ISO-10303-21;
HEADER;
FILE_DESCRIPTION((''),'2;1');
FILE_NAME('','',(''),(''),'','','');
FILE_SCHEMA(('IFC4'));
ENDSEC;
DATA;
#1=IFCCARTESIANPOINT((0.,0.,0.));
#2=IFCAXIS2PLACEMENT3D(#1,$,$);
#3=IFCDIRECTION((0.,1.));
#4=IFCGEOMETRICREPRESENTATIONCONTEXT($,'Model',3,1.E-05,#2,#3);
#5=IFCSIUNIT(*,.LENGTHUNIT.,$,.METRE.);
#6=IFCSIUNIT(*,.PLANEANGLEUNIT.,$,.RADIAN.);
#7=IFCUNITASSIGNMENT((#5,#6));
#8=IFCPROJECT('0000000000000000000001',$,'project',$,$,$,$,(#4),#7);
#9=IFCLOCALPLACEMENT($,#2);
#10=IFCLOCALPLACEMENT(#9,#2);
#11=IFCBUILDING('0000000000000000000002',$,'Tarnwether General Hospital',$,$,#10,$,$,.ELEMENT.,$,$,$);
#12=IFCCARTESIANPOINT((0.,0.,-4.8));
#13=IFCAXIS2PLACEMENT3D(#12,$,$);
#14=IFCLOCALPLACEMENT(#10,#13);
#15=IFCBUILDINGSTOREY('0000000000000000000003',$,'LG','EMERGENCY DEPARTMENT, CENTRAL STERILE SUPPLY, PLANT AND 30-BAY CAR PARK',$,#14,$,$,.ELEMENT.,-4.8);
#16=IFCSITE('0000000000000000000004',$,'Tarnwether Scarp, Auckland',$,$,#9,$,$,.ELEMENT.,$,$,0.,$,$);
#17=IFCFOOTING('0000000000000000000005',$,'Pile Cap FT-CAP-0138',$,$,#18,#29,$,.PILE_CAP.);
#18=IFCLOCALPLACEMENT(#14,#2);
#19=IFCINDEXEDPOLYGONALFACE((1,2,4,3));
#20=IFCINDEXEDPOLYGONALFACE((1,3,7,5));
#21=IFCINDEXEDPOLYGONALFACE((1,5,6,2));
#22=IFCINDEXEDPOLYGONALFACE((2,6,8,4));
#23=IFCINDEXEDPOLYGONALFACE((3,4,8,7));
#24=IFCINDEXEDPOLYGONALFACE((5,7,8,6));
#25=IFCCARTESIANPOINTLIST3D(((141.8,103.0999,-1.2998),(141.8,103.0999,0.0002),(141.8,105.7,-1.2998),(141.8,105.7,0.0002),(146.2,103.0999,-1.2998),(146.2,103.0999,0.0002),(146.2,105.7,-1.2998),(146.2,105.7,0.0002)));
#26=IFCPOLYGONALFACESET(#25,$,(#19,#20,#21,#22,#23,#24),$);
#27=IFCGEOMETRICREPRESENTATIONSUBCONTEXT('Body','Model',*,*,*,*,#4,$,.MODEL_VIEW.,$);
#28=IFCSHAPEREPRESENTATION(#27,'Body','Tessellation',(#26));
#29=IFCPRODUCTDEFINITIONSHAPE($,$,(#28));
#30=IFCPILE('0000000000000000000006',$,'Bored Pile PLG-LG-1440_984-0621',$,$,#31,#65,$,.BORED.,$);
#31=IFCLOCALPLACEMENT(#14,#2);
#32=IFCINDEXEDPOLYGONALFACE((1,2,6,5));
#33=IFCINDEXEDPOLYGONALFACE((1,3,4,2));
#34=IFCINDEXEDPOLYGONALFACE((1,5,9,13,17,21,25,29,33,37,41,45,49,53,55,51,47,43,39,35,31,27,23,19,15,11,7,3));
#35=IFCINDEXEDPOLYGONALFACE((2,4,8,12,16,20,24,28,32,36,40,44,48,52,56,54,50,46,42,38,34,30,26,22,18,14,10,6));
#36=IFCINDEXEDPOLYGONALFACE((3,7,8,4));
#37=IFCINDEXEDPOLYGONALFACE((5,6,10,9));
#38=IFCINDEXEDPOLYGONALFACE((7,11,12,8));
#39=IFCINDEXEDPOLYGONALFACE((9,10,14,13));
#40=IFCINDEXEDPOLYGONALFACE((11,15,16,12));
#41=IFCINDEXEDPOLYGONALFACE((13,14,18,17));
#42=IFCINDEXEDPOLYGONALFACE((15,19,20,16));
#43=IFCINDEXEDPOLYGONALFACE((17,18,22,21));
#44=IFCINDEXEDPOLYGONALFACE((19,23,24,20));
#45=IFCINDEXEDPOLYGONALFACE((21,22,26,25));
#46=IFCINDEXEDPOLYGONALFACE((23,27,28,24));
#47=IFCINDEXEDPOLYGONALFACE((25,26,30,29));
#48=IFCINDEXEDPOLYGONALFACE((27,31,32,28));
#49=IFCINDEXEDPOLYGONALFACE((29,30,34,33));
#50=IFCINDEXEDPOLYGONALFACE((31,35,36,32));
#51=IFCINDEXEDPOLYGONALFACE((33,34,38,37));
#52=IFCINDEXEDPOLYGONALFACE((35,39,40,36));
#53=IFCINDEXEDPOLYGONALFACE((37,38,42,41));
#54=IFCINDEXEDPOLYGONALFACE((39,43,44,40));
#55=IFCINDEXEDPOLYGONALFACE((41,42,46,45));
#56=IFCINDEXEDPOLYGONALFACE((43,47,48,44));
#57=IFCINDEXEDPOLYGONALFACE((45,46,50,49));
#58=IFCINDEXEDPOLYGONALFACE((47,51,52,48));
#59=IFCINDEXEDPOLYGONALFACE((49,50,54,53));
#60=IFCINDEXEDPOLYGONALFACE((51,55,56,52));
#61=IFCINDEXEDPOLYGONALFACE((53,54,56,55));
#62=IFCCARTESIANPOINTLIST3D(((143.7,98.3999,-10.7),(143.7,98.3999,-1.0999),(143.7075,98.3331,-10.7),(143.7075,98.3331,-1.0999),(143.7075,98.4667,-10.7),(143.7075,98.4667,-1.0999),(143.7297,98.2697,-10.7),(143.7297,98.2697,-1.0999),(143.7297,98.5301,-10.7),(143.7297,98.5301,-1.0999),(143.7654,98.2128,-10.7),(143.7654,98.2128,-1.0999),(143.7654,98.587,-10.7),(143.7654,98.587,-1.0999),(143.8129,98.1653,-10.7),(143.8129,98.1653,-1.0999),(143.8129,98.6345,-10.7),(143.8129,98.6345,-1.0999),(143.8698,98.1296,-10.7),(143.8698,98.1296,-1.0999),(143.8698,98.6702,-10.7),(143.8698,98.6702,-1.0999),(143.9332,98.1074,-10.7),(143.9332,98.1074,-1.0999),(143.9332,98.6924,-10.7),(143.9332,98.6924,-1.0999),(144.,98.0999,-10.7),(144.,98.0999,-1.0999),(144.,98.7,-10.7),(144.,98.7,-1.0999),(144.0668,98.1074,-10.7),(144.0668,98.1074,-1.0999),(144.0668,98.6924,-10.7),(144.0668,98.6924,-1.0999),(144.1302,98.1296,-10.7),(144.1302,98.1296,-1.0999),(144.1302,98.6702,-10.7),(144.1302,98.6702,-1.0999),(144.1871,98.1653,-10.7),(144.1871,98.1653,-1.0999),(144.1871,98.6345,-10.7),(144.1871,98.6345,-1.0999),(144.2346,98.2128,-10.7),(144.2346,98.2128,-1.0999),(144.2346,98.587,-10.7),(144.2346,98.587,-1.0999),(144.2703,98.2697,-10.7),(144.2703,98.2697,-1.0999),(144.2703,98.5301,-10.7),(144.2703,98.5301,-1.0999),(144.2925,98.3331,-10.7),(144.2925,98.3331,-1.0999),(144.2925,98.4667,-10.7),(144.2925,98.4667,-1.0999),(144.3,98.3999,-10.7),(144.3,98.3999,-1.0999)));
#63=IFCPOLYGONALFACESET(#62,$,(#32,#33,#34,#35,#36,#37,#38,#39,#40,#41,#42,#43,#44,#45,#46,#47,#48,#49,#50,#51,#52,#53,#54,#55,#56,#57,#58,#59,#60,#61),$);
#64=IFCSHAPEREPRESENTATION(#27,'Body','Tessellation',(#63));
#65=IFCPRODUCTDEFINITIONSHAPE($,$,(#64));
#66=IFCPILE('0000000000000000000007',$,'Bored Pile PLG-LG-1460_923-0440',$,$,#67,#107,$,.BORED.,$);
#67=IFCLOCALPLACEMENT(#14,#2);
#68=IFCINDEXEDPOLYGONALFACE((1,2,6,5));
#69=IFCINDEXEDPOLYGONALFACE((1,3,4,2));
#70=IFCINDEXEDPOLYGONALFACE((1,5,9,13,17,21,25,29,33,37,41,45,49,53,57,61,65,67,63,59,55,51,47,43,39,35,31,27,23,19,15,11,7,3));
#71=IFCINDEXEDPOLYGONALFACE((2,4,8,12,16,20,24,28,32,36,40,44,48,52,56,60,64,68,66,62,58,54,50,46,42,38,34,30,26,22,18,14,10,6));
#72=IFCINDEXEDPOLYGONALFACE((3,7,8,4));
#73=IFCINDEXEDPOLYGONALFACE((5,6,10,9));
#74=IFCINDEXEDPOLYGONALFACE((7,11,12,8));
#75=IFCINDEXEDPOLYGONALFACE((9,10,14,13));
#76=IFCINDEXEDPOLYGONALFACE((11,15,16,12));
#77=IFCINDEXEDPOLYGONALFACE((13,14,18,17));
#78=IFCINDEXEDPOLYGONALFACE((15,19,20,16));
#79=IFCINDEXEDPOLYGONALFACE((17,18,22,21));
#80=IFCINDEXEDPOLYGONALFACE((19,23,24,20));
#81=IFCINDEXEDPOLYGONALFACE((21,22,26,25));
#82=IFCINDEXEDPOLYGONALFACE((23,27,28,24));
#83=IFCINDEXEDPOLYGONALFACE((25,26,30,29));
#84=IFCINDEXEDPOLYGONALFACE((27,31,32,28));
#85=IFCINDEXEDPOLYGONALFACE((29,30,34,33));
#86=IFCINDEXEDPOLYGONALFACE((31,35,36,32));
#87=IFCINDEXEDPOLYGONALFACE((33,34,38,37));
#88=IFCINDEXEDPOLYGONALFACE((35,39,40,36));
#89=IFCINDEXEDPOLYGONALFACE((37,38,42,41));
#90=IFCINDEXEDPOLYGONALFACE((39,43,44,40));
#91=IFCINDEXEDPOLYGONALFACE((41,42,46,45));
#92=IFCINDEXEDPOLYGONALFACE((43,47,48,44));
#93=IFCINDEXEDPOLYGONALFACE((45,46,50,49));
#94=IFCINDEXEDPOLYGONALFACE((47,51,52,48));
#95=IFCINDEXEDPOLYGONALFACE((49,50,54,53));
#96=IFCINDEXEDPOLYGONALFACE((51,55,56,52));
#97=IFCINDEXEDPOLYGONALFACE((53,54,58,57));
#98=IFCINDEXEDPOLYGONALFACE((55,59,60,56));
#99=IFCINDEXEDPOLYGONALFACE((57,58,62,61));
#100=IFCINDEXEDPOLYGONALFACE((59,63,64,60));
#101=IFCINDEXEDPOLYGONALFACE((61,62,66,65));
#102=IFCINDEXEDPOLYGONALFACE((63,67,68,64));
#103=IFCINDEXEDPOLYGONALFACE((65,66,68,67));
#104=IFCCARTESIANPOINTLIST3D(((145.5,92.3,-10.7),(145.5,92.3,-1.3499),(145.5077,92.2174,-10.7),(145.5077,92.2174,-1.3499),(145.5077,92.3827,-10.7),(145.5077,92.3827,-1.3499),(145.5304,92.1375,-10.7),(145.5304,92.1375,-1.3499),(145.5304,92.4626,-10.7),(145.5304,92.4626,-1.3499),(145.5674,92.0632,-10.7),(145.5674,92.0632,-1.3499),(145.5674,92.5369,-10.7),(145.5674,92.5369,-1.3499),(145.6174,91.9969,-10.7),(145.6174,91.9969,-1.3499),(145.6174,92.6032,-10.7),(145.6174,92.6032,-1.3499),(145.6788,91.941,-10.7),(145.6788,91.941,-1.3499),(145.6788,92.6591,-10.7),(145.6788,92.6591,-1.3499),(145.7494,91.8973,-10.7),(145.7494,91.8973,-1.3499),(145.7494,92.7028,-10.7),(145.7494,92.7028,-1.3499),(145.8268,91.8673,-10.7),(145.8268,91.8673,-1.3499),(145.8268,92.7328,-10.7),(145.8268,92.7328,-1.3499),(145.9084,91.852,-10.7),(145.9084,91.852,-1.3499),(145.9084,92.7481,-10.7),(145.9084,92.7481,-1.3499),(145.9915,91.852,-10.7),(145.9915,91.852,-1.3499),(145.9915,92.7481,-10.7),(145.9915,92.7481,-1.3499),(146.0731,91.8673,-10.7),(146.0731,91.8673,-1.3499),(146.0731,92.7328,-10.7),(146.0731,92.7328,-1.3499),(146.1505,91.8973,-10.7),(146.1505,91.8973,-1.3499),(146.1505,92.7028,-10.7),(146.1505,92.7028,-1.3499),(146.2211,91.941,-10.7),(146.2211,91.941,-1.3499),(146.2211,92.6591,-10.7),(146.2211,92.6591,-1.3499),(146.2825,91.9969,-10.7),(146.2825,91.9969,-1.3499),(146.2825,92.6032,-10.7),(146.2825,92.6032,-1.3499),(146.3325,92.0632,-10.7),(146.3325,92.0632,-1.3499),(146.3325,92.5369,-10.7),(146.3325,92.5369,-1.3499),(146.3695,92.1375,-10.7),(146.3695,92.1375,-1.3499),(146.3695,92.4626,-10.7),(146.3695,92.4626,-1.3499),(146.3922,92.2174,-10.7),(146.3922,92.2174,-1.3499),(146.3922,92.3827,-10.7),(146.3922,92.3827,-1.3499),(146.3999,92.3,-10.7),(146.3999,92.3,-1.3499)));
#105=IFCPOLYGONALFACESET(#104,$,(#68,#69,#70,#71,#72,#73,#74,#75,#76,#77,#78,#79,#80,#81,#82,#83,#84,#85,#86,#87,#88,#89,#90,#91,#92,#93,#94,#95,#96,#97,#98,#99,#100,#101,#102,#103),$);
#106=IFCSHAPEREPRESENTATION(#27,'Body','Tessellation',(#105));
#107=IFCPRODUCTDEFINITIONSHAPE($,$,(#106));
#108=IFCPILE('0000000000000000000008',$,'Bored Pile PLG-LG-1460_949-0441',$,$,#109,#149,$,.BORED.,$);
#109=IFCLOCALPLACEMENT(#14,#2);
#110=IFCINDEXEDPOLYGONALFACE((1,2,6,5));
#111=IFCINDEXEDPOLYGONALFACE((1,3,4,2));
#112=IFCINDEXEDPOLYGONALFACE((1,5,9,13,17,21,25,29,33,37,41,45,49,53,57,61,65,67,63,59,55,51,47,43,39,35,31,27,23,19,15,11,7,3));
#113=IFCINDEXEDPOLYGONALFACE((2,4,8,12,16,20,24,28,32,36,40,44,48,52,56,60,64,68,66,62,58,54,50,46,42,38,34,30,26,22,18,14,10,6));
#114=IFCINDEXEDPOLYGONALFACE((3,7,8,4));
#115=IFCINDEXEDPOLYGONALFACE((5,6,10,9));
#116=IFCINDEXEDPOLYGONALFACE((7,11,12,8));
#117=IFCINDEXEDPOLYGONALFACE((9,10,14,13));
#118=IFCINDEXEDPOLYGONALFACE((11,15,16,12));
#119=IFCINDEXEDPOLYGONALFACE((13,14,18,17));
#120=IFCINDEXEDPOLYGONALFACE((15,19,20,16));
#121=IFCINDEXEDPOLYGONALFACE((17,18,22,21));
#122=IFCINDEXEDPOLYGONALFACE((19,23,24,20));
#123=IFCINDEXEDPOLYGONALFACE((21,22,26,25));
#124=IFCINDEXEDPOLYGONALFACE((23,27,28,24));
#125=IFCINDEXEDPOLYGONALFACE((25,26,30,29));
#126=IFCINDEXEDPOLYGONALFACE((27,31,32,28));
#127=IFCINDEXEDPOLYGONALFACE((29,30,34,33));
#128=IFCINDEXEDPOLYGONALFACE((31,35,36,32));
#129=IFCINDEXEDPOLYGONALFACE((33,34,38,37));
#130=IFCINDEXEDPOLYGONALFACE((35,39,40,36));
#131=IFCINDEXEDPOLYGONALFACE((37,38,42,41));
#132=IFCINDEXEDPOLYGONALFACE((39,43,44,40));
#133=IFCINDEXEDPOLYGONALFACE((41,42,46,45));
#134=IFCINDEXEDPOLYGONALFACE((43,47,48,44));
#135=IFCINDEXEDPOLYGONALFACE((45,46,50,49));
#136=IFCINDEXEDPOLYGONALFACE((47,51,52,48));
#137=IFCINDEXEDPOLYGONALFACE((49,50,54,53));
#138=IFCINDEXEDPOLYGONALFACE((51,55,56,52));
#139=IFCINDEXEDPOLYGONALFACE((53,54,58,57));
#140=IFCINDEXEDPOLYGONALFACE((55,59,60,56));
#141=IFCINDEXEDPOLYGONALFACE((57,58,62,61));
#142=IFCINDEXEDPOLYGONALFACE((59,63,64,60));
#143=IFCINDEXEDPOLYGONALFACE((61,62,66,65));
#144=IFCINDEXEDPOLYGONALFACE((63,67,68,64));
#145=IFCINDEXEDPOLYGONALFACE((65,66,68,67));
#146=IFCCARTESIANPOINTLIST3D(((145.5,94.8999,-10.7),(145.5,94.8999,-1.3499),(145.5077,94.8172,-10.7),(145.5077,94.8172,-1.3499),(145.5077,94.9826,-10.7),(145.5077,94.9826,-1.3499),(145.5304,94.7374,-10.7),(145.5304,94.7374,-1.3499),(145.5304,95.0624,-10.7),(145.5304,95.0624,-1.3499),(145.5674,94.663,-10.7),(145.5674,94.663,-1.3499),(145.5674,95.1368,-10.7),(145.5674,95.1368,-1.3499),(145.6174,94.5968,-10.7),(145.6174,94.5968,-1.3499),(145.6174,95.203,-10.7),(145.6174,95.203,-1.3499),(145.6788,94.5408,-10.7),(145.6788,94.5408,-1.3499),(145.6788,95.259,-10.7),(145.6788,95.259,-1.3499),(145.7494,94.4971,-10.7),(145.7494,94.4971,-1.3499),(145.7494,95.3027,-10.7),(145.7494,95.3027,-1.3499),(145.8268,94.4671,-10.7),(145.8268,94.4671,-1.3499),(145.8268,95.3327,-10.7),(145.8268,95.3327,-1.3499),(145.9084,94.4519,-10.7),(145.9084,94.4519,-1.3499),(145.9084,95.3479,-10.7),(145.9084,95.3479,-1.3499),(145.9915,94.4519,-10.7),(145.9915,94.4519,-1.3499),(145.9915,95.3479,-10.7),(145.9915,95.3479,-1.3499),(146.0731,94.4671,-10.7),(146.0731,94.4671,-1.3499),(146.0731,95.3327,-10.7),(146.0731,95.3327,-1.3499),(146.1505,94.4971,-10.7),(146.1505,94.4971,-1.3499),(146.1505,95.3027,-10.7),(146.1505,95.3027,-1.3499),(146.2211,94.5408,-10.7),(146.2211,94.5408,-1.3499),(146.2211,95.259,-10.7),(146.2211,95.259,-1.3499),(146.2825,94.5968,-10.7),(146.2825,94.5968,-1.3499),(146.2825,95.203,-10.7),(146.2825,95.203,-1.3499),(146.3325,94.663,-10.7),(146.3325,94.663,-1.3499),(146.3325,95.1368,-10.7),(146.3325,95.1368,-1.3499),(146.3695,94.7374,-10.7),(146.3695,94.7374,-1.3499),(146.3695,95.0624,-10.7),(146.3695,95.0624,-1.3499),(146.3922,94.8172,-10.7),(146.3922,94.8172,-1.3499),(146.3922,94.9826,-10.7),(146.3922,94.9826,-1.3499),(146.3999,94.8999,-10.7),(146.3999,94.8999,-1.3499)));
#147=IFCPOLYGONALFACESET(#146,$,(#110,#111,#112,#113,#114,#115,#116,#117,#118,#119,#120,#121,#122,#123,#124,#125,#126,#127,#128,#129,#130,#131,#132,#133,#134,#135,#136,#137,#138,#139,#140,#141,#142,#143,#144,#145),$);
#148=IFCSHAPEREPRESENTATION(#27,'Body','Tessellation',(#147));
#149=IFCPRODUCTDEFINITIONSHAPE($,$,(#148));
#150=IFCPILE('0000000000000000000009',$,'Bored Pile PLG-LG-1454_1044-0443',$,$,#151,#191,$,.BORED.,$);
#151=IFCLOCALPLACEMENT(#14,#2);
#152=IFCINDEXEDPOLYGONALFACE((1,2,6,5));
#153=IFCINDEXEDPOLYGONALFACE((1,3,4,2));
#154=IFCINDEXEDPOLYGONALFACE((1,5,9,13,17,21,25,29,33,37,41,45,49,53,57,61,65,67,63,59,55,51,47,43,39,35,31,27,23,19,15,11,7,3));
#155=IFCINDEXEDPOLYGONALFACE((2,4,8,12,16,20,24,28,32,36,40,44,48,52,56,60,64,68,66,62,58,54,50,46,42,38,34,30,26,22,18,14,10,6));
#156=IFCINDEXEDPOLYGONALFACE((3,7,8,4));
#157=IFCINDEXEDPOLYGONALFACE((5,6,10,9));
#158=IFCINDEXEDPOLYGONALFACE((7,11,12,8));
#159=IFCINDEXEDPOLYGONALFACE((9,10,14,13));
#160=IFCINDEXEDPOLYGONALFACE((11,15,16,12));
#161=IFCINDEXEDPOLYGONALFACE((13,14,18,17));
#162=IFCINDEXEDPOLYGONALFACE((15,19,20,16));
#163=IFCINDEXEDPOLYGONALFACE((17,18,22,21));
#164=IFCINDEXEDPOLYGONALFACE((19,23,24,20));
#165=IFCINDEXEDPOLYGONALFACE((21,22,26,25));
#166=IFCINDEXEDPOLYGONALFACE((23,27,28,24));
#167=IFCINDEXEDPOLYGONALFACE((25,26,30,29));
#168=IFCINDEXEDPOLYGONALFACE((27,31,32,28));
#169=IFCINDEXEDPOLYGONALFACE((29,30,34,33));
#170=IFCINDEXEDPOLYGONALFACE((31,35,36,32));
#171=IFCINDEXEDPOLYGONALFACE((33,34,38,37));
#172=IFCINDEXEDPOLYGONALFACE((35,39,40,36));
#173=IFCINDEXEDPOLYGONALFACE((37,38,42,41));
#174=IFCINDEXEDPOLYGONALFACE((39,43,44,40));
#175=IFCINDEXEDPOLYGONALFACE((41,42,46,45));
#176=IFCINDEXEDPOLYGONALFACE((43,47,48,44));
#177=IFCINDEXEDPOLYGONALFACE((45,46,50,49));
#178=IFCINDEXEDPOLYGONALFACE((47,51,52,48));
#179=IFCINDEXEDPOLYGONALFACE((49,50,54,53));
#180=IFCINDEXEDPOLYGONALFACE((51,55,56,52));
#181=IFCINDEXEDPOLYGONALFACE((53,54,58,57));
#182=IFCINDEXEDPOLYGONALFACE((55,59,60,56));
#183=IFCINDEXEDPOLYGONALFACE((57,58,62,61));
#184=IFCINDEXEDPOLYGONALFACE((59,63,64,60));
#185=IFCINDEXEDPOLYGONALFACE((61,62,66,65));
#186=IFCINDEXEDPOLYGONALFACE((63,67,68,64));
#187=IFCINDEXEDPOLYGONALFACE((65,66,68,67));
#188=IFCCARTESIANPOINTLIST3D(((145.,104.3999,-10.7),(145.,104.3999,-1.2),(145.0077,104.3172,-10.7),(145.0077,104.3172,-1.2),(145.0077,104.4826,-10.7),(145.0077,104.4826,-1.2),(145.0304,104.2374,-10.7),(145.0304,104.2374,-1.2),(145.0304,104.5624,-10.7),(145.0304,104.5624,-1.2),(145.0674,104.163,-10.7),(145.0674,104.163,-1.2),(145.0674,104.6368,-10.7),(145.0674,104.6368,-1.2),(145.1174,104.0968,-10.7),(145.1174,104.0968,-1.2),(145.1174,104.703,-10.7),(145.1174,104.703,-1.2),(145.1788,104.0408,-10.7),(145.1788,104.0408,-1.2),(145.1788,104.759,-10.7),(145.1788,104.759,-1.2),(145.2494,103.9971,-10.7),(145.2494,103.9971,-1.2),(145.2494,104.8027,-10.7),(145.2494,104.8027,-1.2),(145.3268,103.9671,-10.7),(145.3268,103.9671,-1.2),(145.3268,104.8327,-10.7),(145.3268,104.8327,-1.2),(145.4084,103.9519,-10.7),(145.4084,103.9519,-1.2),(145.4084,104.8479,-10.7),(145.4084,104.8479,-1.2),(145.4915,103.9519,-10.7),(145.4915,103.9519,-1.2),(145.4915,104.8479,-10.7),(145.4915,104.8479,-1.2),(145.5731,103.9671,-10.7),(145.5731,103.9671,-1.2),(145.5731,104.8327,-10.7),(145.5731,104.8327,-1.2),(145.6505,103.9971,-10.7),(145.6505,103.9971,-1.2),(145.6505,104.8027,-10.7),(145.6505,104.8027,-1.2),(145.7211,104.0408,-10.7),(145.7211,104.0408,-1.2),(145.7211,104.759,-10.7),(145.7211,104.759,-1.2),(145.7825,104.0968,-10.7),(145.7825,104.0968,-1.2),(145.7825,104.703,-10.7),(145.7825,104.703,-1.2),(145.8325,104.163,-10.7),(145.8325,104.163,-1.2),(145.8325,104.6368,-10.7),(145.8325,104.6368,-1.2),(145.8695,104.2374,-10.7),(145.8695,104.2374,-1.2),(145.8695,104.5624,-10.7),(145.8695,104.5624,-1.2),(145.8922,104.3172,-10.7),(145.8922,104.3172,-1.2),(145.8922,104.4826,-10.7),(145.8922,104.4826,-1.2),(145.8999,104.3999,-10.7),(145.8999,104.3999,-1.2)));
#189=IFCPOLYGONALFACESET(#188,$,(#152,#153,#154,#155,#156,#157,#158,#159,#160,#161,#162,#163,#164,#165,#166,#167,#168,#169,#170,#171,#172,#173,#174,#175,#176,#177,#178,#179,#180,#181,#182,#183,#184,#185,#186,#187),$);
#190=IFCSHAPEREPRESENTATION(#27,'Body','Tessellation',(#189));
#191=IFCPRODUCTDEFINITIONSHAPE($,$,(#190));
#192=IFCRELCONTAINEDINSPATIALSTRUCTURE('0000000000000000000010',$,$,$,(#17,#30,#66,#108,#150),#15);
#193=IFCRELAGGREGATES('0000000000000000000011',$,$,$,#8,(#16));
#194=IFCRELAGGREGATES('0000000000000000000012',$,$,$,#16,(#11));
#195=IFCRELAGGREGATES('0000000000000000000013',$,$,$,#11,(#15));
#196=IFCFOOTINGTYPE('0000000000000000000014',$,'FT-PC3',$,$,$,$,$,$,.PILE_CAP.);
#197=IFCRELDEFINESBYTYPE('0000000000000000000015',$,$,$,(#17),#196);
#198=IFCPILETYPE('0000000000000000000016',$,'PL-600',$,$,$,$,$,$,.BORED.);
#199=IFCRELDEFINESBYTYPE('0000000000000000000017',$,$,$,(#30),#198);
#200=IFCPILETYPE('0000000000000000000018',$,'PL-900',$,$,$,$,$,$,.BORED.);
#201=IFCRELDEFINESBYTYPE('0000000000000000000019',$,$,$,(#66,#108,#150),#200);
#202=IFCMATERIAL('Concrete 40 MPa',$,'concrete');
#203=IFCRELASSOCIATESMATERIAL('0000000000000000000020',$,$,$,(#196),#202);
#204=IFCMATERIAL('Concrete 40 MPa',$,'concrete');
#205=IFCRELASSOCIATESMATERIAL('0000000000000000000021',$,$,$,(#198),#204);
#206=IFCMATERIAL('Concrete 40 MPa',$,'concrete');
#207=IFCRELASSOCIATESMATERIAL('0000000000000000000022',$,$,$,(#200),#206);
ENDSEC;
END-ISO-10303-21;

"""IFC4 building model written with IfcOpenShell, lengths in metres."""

from ifc_helpers import new_model, si_unit, direction, frame, origin, origin_2d, place, context, subcontext, project, spatial, rectangle, circle, extrude, material, material_profile, profile_set, type_object, element, save


model = new_model("IFC4")

# Units and contexts
model_context = context("Model", 3, precision=1e-05, world=origin(), true_north=direction((0.0, 1.0)))
body_context = subcontext(model_context, "Body", "Model", "MODEL_VIEW")
ifc_project = project(units=[si_unit("LENGTHUNIT", "METRE"), si_unit("PLANEANGLEUNIT", "RADIAN")], contexts=[model_context])

# Site, building, storey
site_placement = place(None, origin())
site = spatial("IfcSite", under=ifc_project, at=site_placement, Name="Tarnwether Scarp, Auckland", CompositionType="ELEMENT", RefElevation=0.0)
building_placement = place(site_placement, origin())
building = spatial("IfcBuilding", under=site, at=building_placement, Name="Tarnwether General Hospital", CompositionType="ELEMENT")
storey_placement = place(building_placement, frame((0.0, 0.0, -4.8)))
storey = spatial("IfcBuildingStorey", under=building, at=storey_placement, Name="LG", Description="EMERGENCY DEPARTMENT, CENTRAL STERILE SUPPLY, PLANT AND 30-BAY CAR PARK", CompositionType="ELEMENT", Elevation=-4.8)

# Footing
ifc_material_1 = material(Name="Concrete 40 MPa", Category="concrete")
footing_type = type_object("IfcFootingType", Name="FT-PC3", PredefinedType="PILE_CAP", material=ifc_material_1)
footing_placement = place(storey_placement, frame((144.0, 104.3999, -1.2998), z_axis=(0.0, 0.0, 1.0), x_axis=(1.0, 0.0, 0.0)))
element("IfcFooting", 1, at=footing_placement, inside=storey, type_object=footing_type, Name="Pile Cap FT-CAP-0138", PredefinedType="PILE_CAP", context=body_context, shape_type="SweptSolid", body=[
    extrude(rectangle(XDim=4.3999, YDim=2.6001, at=origin_2d()), origin(), (0.0, 0.0, 1.0), 1.3),
])

# Piles
ifc_material_2 = material(Name="Concrete 40 MPa", Category="concrete")
ifc_material_profile_1 = material_profile(ifc_material_2, circle(Radius=0.3, at=origin_2d()), Name="PILE-D600")
ifc_profile_set_1 = profile_set([ifc_material_profile_1], Name="Concrete 40 MPa")
pile_type_1 = type_object("IfcPileType", Name="PL-600", PredefinedType="BORED", material=ifc_profile_set_1)
pile_1_placement = place(storey_placement, frame((144.0, 98.3999, -1.0999), z_axis=(0.0, 0.0, -1.0), x_axis=(1.0, 0.0, 0.0)))
element("IfcPile", 2, at=pile_1_placement, inside=storey, type_object=pile_type_1, Name="Bored Pile PLG-LG-1440_984-0621", PredefinedType="BORED", context=body_context, shape_type="SweptSolid", body=[
    extrude(circle(Radius=0.3, at=origin_2d()), origin(), (0.0, 0.0, 1.0), 9.6001),
])
ifc_material_3 = material(Name="Concrete 40 MPa", Category="concrete")
ifc_material_profile_2 = material_profile(ifc_material_3, circle(Radius=0.45, at=origin_2d()), Name="PILE-D900")
ifc_profile_set_2 = profile_set([ifc_material_profile_2], Name="Concrete 40 MPa")
pile_type_2 = type_object("IfcPileType", Name="PL-900", PredefinedType="BORED", material=ifc_profile_set_2)
for number, where, z_axis, x_axis, name in (
    (3, (145.95, 92.3, -1.3499), (0.0, 0.0, -1.0), (1.0, 0.0, 0.0), "Bored Pile PLG-LG-1460_923-0440"),
    (4, (145.95, 94.8999, -1.3499), (0.0, 0.0, -1.0), (1.0, 0.0, 0.0), "Bored Pile PLG-LG-1460_949-0441"),
):
    element("IfcPile", number, at=place(storey_placement, frame(where, z_axis=z_axis, x_axis=x_axis)), inside=storey, type_object=pile_type_2, Name=name, PredefinedType="BORED", context=body_context, shape_type="SweptSolid", body=[
        extrude(circle(Radius=0.45, at=origin_2d()), origin(), (0.0, 0.0, 1.0), 9.3501),
    ])
pile_2_placement = place(storey_placement, frame((145.45, 104.3999, -1.2), z_axis=(0.0, 0.0, -1.0), x_axis=(1.0, 0.0, 0.0)))
element("IfcPile", 5, at=pile_2_placement, inside=storey, type_object=pile_type_2, Name="Bored Pile PLG-LG-1454_1044-0443", PredefinedType="BORED", context=body_context, shape_type="SweptSolid", body=[
    extrude(circle(Radius=0.45, at=origin_2d()), origin(), (0.0, 0.0, 1.0), 9.5),
])

save(model, "model.ifc")
